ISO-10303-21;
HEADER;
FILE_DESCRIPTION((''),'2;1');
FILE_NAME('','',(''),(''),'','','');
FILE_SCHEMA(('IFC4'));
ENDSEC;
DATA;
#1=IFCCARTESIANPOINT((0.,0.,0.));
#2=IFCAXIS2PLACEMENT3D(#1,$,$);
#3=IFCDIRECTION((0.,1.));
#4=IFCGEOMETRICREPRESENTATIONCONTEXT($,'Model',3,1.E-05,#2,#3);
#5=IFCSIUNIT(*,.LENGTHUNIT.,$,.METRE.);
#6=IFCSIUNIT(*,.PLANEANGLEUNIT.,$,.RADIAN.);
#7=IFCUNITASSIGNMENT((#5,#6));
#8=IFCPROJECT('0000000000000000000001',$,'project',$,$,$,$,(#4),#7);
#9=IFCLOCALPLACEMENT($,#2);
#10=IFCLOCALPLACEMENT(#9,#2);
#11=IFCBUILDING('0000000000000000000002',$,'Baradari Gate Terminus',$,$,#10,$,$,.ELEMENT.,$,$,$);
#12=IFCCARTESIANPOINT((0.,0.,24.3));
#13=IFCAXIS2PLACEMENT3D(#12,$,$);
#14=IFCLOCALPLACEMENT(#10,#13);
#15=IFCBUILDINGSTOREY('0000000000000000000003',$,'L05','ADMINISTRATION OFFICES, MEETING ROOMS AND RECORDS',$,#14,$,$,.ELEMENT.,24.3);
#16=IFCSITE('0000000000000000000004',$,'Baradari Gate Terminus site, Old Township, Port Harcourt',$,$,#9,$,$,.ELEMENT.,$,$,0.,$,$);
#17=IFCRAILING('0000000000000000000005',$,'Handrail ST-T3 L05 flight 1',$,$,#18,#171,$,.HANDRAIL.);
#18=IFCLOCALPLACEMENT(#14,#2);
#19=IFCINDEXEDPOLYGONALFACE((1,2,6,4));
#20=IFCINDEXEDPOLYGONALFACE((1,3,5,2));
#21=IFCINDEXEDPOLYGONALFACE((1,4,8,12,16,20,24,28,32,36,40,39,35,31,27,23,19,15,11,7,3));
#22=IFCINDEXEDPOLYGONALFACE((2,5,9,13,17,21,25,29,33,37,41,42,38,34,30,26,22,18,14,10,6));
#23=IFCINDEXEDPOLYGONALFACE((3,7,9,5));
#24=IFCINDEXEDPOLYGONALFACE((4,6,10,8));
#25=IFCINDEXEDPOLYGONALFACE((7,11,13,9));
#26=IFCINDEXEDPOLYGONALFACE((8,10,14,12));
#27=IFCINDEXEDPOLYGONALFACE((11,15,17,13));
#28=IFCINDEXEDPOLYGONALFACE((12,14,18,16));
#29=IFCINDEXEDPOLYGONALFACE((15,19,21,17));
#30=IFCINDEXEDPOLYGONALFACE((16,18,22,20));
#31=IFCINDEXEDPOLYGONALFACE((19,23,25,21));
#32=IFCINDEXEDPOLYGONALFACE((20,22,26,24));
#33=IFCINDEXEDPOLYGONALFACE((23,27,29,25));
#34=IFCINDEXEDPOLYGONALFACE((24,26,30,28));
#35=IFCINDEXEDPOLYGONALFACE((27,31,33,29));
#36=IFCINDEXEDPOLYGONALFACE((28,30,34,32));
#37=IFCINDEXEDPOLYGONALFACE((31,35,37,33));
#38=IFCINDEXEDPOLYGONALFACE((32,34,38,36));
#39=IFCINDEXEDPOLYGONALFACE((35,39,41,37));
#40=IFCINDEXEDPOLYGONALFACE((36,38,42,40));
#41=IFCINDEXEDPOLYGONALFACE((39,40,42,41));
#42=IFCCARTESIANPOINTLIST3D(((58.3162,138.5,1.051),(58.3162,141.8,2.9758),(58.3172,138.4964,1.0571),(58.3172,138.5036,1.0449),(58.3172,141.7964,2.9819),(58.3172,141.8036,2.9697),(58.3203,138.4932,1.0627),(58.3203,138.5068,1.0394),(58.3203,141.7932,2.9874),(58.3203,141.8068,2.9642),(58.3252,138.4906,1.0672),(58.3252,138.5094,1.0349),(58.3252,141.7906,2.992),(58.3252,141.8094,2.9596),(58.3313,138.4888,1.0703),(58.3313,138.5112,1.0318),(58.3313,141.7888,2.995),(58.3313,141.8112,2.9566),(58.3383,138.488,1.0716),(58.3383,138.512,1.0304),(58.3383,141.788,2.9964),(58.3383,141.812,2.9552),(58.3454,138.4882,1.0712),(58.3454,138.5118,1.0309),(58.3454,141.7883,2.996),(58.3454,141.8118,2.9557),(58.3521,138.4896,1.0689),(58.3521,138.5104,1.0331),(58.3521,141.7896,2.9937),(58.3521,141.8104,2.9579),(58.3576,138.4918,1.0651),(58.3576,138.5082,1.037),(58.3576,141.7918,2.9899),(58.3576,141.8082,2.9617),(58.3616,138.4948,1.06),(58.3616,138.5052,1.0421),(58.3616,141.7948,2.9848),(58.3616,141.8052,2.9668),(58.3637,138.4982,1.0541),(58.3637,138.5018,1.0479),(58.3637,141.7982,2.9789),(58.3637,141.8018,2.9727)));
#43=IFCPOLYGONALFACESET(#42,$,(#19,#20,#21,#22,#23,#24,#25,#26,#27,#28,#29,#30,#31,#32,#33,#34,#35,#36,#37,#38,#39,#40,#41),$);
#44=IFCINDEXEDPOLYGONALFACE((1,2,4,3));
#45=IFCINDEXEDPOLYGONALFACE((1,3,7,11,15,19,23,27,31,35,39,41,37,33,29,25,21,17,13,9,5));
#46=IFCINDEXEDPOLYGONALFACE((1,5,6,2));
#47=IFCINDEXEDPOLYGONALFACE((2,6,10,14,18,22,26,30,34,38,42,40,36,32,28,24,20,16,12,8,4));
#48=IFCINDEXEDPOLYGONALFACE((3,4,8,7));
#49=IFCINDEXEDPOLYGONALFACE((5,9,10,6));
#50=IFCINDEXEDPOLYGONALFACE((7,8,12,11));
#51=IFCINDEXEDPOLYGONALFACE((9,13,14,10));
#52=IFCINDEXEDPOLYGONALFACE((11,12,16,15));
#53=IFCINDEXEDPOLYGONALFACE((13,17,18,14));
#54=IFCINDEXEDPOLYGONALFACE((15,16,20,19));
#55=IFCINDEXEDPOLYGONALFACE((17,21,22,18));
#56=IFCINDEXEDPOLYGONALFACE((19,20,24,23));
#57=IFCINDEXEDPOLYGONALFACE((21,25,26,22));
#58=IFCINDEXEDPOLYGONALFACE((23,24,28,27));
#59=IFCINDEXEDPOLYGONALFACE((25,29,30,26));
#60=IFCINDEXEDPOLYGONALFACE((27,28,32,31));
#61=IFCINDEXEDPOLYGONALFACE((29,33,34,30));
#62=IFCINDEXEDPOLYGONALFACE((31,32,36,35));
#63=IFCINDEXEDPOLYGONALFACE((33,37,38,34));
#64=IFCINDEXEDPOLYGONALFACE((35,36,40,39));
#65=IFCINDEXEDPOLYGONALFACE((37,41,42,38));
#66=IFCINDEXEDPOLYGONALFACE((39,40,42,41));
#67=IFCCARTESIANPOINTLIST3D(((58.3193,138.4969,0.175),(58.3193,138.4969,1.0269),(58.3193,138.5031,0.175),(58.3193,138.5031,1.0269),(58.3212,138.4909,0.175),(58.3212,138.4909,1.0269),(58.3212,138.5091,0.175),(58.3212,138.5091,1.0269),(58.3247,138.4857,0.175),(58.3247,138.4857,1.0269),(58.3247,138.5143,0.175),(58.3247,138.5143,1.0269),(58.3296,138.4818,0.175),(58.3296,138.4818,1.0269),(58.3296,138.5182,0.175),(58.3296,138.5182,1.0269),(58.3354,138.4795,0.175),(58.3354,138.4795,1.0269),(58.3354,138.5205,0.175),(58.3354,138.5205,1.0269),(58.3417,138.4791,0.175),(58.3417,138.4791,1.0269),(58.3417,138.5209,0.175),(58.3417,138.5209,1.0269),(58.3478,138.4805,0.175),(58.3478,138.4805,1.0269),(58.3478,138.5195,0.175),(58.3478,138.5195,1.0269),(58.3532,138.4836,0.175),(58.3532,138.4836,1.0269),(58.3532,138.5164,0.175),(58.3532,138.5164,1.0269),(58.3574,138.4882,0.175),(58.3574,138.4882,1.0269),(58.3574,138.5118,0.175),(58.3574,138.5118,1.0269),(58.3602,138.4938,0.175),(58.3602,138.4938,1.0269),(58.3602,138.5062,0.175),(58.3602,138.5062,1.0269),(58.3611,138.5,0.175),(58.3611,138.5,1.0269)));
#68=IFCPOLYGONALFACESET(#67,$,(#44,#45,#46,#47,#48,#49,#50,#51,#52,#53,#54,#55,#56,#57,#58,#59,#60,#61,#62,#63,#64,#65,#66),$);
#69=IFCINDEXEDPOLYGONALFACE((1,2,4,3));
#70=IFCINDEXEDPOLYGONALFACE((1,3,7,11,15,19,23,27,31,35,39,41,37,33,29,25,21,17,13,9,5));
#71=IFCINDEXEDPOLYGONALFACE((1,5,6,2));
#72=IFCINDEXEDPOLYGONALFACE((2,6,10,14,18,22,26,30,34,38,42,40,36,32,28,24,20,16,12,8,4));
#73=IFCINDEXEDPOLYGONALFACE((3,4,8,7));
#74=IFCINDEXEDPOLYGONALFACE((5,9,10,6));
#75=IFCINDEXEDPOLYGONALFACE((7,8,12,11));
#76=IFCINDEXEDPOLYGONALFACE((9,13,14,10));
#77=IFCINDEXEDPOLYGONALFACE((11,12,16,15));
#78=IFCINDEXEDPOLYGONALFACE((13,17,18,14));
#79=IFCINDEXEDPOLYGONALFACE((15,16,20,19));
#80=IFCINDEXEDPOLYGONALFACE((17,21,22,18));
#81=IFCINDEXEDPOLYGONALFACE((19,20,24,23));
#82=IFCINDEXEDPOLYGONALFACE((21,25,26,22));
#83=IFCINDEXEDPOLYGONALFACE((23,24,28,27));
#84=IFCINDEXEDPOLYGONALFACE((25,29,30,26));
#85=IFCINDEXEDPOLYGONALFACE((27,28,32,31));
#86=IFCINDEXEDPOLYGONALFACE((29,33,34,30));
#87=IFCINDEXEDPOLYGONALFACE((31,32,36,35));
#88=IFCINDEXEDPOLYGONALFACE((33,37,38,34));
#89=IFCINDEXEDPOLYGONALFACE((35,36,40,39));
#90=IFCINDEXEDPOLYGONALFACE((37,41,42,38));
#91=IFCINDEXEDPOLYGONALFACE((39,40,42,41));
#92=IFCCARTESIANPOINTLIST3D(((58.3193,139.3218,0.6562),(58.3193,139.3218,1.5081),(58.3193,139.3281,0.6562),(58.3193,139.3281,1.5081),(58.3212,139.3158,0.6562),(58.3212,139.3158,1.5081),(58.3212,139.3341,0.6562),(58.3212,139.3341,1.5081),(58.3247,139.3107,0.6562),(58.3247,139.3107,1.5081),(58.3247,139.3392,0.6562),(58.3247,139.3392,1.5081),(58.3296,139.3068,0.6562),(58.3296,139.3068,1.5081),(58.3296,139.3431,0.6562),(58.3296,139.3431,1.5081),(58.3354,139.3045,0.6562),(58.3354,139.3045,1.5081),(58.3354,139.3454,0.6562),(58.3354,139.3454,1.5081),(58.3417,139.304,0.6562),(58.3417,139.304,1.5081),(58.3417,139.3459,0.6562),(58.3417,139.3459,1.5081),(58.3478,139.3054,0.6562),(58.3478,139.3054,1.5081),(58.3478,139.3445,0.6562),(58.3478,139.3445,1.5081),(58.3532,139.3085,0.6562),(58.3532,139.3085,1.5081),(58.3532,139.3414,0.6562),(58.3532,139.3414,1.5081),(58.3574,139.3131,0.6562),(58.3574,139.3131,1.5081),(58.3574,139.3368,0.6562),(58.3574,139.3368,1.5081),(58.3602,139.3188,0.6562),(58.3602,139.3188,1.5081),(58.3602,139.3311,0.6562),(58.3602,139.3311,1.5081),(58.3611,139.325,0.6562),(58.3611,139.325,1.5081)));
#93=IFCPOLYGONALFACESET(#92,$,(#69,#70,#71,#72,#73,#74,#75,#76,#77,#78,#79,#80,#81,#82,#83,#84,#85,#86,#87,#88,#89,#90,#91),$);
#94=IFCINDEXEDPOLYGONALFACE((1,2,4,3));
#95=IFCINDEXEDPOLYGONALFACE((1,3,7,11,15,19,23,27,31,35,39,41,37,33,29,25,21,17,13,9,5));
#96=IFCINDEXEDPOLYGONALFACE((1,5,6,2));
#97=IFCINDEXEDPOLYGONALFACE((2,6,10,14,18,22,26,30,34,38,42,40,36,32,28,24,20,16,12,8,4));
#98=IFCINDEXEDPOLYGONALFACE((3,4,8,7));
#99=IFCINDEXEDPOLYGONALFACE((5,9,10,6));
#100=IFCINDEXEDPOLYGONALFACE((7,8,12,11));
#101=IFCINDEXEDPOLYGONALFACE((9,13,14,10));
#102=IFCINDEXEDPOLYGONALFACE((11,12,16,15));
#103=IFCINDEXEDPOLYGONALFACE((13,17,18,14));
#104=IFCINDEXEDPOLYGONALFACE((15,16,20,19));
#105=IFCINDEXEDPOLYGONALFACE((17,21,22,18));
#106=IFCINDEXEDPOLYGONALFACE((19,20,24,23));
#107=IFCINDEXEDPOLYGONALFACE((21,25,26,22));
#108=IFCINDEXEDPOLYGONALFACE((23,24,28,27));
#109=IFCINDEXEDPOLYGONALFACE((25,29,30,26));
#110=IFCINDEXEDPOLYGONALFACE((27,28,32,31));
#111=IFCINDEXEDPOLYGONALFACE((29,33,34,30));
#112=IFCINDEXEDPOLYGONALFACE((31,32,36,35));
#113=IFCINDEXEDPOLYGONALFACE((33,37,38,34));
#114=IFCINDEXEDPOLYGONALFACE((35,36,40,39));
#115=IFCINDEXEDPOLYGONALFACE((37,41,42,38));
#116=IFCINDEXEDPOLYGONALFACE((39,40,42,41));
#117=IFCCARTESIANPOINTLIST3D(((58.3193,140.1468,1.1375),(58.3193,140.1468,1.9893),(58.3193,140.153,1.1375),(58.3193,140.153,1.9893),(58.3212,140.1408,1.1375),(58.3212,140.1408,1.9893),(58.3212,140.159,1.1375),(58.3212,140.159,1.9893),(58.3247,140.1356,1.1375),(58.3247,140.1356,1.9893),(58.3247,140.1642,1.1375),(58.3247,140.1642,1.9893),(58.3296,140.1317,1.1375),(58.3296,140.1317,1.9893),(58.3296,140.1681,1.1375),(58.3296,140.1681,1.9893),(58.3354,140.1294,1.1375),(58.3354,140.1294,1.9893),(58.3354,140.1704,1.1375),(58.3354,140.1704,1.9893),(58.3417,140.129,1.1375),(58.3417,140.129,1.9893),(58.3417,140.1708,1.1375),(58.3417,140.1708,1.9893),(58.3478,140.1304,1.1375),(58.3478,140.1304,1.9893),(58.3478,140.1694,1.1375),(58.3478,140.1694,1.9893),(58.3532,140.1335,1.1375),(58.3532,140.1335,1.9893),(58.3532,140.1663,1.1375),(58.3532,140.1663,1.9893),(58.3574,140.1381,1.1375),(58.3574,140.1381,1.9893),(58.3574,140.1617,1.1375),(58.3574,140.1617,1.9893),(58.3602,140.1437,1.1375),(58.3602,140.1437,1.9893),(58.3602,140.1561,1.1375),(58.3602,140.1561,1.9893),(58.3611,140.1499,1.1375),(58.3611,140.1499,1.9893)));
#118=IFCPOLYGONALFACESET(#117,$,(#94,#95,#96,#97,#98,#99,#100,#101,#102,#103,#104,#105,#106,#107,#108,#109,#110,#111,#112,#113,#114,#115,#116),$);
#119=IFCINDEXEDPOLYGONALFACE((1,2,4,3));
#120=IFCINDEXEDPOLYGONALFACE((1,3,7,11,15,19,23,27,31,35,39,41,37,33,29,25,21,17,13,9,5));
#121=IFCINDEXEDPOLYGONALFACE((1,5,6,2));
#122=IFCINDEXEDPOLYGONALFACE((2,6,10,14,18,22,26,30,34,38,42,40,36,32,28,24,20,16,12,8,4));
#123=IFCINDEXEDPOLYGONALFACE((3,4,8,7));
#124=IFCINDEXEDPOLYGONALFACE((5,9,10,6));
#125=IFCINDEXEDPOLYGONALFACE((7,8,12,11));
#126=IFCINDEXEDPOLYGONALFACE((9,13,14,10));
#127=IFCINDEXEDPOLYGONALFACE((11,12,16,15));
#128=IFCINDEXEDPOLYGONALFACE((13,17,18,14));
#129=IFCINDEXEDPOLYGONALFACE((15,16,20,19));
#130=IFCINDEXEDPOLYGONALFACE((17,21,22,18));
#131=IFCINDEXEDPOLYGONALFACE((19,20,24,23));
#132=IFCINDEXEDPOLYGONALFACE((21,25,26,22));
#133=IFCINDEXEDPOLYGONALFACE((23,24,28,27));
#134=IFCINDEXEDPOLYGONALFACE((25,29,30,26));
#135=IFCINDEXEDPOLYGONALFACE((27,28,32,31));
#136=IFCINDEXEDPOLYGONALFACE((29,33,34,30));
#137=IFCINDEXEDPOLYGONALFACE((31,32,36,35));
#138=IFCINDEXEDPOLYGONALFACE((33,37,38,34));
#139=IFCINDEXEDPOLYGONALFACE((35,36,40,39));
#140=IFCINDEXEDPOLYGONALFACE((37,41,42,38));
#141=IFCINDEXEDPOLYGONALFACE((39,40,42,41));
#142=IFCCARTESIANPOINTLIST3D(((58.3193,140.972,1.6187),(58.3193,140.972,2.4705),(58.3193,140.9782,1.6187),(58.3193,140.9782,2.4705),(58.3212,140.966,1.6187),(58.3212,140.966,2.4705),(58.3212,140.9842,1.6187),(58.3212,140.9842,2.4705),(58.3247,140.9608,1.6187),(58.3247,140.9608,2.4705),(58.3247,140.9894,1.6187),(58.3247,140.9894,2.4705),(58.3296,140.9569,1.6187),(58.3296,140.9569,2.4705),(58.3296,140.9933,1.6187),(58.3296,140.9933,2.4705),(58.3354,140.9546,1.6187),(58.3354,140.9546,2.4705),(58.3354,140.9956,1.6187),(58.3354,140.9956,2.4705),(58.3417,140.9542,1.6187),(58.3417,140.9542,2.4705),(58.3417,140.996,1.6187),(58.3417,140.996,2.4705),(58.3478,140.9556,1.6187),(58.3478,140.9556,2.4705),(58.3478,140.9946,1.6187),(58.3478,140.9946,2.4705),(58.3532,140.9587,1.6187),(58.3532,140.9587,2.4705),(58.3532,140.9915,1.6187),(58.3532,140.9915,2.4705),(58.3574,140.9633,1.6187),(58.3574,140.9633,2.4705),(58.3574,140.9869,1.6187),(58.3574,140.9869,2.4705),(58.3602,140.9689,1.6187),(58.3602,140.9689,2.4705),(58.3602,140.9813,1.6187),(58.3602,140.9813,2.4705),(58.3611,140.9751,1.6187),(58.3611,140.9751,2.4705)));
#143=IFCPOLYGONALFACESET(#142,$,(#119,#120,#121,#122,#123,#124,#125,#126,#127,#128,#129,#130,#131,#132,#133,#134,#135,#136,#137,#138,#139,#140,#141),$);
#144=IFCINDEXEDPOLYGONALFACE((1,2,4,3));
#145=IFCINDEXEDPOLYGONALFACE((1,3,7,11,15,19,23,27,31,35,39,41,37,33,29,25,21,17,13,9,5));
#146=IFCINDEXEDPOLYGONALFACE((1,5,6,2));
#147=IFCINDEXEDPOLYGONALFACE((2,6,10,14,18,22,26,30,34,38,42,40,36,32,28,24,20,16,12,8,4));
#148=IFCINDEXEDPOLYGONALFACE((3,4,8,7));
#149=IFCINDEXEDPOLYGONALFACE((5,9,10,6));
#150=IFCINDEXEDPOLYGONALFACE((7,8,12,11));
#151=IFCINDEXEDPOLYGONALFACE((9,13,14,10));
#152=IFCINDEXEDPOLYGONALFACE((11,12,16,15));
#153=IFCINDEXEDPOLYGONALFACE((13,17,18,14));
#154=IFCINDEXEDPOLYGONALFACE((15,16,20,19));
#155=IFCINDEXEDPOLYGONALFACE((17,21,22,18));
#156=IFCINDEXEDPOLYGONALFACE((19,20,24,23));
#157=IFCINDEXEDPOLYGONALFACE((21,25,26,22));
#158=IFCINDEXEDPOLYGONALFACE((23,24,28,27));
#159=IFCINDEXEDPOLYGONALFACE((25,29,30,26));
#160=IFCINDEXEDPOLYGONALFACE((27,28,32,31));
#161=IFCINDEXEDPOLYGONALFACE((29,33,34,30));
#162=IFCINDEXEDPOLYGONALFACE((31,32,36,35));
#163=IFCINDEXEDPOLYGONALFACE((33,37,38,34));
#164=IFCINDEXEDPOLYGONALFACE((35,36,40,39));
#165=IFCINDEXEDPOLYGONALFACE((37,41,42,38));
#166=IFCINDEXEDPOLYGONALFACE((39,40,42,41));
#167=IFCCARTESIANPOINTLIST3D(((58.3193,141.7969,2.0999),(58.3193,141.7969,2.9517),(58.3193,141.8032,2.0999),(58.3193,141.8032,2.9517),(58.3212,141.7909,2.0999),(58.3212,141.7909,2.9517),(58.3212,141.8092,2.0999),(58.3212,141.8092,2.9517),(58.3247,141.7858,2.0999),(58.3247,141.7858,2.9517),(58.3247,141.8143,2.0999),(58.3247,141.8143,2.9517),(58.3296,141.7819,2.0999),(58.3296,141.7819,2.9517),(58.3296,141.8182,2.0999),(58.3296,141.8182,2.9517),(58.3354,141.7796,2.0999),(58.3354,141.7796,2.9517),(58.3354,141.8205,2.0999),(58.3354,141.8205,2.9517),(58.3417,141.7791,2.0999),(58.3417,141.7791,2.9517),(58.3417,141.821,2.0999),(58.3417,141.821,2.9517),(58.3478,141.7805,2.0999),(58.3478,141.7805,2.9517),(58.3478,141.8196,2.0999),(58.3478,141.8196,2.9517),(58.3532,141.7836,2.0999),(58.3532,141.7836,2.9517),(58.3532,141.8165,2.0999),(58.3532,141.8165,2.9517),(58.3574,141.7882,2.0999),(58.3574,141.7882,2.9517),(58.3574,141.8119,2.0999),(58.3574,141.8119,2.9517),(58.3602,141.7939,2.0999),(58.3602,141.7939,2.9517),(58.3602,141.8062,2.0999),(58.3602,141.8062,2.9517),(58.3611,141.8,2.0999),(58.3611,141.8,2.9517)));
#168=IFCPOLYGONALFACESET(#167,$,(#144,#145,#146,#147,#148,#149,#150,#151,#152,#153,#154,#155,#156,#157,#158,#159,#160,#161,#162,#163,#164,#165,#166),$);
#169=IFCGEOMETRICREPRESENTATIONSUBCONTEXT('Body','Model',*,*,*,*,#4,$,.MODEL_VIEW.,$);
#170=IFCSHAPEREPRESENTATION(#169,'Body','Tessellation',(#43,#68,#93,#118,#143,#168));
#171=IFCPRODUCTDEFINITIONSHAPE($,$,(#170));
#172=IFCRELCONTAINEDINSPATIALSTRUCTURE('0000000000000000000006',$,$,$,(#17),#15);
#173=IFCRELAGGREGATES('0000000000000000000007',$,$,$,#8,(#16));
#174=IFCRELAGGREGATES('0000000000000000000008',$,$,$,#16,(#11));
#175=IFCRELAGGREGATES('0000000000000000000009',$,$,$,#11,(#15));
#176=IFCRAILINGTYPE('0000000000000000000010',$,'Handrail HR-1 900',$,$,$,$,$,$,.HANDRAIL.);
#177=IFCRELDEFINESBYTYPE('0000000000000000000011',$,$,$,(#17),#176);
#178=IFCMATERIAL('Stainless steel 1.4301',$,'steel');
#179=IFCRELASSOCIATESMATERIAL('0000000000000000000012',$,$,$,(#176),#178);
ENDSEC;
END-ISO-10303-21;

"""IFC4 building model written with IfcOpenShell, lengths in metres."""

from ifc_helpers import new_model, si_unit, direction, frame, origin, origin_2d, place, context, subcontext, project, spatial, circle, extrude, material, type_object, element, save


model = new_model("IFC4")

# Units and contexts
model_context = context("Model", 3, precision=1e-05, world=origin(), true_north=direction((0.0, 1.0)))
body_context = subcontext(model_context, "Body", "Model", "MODEL_VIEW")
ifc_project = project(units=[si_unit("LENGTHUNIT", "METRE"), si_unit("PLANEANGLEUNIT", "RADIAN")], contexts=[model_context])

# Site, building, storey
site_placement = place(None, origin())
site = spatial("IfcSite", under=ifc_project, at=site_placement, Name="Baradari Gate Terminus site, Old Township, Port Harcourt", CompositionType="ELEMENT", RefElevation=0.0)
building_placement = place(site_placement, origin())
building = spatial("IfcBuilding", under=site, at=building_placement, Name="Baradari Gate Terminus", CompositionType="ELEMENT")
storey_placement = place(building_placement, frame((0.0, 0.0, 24.3)))
storey = spatial("IfcBuildingStorey", under=building, at=storey_placement, Name="L05", Description="ADMINISTRATION OFFICES, MEETING ROOMS AND RECORDS", CompositionType="ELEMENT", Elevation=24.3)

# Railing
ifc_material_1 = material(Name="Stainless steel 1.4301", Category="steel")
railing_type = type_object("IfcRailingType", Name="Handrail HR-1 900", PredefinedType="HANDRAIL", material=ifc_material_1)
railing_placement = place(storey_placement, frame((58.3401, 138.5, 0.175)))
element("IfcRailing", 1, at=railing_placement, inside=storey, type_object=railing_type, Name="Handrail ST-T3 L05 flight 1", PredefinedType="HANDRAIL", context=body_context, shape_type="SweptSolid", body=[
    extrude(circle(Radius=0.0239, at=origin_2d()), frame((0.0, 0.0, 0.876), z_axis=(0.0, 0.863804, 0.503827), x_axis=(-1.0, 0.0, 0.0)), (0.0, 0.0, 1.0), 3.8203),
    extrude(circle(Radius=0.021, at=origin_2d()), origin(), (0.0, 0.0, 1.0), 0.8518),
    extrude(circle(Radius=0.021, at=origin_2d()), frame((0.0, 0.825, 0.4812)), (0.0, 0.0, 1.0), 0.8518),
    extrude(circle(Radius=0.021, at=origin_2d()), frame((0.0, 1.6499, 0.9624)), (0.0, 0.0, 1.0), 0.8518),
    extrude(circle(Radius=0.021, at=origin_2d()), frame((0.0, 2.4751, 1.4436)), (0.0, 0.0, 1.0), 0.8518),
    extrude(circle(Radius=0.021, at=origin_2d()), frame((0.0, 3.3, 1.9248)), (0.0, 0.0, 1.0), 0.8518),
])

save(model, "model.ifc")
